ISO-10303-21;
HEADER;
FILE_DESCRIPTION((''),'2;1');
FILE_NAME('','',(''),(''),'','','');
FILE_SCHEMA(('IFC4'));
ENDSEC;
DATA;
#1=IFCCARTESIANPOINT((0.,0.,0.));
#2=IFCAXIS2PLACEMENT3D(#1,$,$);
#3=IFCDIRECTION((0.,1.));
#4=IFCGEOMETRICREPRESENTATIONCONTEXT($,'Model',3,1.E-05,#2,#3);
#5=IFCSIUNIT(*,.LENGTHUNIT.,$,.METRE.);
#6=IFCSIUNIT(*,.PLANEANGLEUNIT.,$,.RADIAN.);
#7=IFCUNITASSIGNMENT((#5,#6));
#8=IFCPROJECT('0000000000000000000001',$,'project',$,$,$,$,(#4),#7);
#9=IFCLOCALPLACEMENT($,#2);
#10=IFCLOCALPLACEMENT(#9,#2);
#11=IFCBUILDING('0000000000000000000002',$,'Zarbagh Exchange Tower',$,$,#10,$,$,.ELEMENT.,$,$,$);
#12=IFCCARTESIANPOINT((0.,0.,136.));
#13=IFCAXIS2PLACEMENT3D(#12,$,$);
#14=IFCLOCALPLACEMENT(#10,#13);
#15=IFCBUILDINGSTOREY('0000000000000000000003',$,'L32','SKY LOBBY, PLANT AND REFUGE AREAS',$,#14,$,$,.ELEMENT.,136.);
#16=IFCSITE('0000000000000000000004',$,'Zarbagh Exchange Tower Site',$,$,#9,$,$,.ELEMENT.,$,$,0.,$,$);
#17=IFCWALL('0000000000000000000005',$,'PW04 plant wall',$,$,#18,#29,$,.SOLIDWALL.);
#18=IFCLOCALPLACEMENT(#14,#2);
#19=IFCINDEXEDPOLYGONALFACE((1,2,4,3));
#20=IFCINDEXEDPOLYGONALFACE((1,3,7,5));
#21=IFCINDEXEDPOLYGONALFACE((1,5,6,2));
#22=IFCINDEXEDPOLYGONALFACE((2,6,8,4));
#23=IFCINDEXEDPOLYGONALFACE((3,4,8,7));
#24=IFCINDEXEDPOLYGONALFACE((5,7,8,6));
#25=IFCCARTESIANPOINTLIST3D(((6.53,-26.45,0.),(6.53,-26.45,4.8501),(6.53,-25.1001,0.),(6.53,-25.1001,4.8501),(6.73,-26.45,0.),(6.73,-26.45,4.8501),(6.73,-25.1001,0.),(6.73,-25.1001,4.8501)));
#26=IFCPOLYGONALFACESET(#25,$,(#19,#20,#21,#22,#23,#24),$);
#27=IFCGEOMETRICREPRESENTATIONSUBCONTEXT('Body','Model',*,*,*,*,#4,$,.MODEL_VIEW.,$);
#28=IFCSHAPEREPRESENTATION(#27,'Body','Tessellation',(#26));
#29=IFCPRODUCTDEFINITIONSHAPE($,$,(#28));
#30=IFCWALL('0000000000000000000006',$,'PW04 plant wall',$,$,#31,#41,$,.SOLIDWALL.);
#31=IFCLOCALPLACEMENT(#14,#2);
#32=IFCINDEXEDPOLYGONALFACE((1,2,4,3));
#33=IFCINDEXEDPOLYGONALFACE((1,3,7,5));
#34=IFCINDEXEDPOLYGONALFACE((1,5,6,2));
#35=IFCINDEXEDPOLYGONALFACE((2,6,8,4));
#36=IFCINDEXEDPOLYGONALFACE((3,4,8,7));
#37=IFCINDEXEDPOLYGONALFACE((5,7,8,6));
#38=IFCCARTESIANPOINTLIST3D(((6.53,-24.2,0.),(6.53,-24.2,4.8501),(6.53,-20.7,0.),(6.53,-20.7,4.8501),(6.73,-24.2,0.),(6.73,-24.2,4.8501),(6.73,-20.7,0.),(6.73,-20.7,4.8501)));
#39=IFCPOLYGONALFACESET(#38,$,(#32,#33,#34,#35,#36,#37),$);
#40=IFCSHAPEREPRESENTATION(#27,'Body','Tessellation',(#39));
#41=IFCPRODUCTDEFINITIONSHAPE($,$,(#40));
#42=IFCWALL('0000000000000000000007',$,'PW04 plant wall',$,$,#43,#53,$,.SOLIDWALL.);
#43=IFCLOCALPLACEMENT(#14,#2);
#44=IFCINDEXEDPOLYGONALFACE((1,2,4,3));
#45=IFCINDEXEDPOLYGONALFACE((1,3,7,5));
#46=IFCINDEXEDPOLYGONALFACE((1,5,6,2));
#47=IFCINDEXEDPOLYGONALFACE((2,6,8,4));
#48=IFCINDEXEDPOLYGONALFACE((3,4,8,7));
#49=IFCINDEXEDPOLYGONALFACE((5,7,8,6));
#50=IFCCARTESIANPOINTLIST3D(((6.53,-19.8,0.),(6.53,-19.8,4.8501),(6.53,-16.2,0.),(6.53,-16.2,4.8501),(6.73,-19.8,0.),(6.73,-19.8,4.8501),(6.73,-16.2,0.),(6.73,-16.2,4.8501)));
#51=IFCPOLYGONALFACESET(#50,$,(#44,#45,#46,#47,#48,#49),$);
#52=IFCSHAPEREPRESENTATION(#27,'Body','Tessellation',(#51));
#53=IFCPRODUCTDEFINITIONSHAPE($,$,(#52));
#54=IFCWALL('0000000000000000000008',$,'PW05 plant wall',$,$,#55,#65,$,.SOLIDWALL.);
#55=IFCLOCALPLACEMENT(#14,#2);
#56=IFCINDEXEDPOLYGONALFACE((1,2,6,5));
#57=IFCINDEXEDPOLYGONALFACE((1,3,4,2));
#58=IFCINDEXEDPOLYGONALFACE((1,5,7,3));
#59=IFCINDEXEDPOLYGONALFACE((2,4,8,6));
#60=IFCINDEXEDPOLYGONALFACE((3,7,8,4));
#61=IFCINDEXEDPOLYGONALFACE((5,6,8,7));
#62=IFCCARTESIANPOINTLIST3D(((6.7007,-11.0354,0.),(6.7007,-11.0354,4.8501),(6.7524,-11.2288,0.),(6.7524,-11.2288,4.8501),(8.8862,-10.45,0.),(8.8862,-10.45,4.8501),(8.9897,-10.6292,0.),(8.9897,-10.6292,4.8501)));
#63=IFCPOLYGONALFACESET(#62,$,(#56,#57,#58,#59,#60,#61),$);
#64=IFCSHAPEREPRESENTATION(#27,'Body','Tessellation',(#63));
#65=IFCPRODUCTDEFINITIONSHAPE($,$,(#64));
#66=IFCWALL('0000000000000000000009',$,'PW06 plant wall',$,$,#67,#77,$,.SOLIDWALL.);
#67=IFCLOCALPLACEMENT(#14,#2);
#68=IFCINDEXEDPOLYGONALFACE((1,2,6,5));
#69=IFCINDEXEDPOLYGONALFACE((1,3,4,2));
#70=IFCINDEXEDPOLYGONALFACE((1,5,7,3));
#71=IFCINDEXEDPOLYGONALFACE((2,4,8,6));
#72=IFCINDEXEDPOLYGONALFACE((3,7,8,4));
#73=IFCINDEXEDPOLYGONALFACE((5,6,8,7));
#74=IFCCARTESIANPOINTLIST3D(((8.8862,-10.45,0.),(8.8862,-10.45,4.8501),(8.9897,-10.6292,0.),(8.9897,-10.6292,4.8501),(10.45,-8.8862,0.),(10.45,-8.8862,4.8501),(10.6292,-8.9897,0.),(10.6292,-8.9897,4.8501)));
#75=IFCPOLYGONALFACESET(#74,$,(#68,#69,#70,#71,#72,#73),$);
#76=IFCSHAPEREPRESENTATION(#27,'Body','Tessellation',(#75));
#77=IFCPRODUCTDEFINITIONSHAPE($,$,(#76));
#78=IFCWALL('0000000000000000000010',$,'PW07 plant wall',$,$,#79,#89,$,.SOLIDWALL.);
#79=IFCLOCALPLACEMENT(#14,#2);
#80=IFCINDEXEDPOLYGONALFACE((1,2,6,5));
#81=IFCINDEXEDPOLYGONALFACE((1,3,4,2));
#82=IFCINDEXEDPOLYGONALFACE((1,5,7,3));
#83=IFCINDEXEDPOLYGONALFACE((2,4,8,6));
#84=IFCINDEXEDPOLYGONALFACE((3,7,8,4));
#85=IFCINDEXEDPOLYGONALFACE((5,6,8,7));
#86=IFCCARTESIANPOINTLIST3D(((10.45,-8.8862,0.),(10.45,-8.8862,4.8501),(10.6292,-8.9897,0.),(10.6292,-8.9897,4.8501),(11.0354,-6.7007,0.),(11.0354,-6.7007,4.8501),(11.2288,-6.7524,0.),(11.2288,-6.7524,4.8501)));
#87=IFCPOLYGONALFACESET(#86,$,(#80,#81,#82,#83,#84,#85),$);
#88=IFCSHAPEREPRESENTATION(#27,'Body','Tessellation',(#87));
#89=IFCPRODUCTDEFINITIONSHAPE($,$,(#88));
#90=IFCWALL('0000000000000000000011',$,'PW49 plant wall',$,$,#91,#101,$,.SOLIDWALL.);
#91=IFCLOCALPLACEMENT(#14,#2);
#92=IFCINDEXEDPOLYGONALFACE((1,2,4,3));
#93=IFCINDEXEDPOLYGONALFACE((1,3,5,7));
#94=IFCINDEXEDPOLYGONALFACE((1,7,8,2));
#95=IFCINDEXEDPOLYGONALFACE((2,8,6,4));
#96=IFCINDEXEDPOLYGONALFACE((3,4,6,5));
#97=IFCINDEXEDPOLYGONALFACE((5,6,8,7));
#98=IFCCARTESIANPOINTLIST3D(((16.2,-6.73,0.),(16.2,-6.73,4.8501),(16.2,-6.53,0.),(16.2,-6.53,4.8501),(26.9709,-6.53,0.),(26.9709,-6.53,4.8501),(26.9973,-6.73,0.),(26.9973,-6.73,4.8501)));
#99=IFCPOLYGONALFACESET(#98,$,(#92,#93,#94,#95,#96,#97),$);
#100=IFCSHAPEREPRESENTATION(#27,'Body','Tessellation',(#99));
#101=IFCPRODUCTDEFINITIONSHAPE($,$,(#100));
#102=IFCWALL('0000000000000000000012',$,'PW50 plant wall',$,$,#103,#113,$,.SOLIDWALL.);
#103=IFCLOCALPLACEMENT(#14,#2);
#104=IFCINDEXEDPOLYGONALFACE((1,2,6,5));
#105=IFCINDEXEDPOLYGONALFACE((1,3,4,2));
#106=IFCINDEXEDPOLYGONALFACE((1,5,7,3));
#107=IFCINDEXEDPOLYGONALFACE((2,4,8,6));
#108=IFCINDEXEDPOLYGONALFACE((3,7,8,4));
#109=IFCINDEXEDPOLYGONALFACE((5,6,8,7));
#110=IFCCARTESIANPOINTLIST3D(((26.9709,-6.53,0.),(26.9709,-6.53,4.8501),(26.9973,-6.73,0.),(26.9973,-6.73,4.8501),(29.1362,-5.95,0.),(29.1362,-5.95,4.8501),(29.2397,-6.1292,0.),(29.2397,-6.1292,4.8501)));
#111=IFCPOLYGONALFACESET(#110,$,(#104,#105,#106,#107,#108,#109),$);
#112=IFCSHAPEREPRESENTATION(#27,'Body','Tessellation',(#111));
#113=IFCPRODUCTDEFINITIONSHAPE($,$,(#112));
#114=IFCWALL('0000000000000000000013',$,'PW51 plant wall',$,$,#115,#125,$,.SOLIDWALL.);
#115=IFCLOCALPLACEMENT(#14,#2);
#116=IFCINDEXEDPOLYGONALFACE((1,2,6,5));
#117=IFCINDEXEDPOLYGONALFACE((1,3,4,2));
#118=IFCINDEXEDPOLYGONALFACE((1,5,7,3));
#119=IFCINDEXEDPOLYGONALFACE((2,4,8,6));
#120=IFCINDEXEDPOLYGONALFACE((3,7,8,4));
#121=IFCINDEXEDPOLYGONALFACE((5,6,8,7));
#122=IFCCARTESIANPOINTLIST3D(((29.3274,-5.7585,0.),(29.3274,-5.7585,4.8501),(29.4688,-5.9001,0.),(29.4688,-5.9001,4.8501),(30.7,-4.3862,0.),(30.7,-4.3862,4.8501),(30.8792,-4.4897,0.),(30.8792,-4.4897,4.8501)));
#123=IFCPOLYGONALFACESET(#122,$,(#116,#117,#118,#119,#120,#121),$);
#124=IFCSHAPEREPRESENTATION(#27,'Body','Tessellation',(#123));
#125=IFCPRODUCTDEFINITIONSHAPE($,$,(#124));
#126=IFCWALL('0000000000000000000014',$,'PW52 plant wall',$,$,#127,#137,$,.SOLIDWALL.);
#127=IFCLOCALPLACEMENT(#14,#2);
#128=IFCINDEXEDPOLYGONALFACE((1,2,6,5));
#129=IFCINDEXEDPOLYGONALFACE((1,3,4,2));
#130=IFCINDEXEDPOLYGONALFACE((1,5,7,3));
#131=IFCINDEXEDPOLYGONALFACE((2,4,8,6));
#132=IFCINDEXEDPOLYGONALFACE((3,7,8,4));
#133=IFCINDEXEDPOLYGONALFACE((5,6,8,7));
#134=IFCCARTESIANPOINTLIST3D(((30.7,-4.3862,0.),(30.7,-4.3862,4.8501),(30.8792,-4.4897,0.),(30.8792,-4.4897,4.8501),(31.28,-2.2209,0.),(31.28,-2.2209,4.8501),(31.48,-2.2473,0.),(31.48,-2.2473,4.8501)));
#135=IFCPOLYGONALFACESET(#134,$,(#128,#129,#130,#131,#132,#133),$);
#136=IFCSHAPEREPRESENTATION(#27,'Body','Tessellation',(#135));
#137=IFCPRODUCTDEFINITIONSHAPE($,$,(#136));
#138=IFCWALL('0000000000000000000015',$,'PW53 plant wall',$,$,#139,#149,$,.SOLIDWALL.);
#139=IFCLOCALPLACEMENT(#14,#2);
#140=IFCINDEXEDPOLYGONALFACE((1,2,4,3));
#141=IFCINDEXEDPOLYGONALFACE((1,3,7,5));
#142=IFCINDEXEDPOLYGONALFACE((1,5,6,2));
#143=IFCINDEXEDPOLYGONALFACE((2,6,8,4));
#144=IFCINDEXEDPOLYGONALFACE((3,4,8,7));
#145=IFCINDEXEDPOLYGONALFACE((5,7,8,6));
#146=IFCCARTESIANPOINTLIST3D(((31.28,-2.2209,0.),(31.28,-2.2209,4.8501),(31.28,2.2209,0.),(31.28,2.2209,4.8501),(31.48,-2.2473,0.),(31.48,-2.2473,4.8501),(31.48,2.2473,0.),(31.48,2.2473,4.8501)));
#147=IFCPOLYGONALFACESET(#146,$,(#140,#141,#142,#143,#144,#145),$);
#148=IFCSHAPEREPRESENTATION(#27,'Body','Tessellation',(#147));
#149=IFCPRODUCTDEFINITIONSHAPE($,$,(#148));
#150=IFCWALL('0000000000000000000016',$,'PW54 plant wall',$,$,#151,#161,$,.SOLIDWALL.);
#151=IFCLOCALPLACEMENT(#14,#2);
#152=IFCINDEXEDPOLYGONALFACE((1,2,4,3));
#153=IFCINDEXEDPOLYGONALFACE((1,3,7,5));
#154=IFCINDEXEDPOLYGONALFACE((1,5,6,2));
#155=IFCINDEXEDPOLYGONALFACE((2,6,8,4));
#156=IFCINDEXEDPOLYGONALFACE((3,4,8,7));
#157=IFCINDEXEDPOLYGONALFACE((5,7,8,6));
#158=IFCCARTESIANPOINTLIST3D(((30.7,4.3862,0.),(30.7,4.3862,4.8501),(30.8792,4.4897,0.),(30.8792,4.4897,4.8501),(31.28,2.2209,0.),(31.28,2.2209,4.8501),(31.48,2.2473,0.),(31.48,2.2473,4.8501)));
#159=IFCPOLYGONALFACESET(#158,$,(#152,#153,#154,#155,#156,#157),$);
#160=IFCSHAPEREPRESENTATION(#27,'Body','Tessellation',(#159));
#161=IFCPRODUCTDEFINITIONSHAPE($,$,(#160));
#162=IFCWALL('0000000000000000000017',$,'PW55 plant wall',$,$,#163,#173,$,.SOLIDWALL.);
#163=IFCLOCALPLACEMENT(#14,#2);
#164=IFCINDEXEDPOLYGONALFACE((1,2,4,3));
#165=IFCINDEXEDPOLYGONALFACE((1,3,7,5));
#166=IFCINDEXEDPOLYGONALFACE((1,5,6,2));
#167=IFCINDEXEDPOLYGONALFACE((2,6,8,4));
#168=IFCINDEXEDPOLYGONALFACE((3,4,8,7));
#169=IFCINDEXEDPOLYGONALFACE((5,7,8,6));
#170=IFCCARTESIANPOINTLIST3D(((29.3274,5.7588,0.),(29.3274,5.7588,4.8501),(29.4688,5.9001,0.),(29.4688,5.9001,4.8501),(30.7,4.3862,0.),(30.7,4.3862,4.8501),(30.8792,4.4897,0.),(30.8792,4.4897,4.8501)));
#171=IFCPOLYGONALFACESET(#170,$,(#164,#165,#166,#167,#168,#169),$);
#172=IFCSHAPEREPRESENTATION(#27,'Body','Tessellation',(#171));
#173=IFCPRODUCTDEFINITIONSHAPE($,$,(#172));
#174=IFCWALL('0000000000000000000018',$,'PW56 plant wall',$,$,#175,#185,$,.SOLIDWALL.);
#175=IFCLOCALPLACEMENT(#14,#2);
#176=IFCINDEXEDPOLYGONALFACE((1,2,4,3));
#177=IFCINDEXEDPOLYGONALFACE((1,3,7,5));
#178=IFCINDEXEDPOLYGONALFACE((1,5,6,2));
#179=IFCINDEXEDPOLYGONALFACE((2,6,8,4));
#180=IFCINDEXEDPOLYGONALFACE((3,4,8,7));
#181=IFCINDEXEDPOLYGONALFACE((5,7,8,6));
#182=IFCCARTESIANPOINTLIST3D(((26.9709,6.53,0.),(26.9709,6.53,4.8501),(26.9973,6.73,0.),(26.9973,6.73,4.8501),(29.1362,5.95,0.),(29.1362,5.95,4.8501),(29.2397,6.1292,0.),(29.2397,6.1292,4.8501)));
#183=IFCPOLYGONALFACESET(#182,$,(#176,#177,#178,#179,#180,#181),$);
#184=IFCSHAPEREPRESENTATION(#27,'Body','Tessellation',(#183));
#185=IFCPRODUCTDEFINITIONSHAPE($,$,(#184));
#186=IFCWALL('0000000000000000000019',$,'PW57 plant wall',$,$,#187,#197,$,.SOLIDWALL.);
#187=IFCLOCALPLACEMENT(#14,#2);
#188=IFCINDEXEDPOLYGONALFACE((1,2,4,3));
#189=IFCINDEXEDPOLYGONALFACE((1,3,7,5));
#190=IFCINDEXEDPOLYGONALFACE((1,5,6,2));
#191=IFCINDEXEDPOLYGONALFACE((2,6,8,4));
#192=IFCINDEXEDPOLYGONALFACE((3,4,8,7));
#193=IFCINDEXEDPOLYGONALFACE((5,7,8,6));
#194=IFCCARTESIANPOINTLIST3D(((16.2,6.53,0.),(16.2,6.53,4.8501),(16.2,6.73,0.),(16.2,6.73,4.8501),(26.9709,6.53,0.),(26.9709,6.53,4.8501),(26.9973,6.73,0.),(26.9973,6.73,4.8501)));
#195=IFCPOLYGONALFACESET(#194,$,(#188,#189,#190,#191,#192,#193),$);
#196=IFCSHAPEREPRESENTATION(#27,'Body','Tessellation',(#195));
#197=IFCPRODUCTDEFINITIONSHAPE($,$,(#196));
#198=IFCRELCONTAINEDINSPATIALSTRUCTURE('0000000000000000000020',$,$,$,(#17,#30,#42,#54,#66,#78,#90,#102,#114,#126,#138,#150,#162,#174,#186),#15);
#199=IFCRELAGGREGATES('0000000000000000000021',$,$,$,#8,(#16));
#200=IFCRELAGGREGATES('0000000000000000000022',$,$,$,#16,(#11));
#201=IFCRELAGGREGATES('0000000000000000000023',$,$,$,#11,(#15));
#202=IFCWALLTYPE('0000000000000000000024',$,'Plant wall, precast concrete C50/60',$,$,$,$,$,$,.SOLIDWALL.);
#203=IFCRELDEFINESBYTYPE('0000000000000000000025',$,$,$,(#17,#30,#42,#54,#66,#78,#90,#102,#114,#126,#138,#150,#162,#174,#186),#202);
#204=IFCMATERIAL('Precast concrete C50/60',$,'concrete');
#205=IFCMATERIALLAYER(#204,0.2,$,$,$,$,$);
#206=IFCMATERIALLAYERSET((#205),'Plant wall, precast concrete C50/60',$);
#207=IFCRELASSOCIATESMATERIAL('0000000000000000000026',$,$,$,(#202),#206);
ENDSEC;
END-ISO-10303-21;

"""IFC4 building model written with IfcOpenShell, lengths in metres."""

from ifc_helpers import new_model, si_unit, direction, frame, origin, place, context, subcontext, project, spatial, polyline, outline, extrude, material, layer, layer_set, type_object, element, save


model = new_model("IFC4")

# Units and contexts
model_context = context("Model", 3, precision=1e-05, world=origin(), true_north=direction((0.0, 1.0)))
body_context = subcontext(model_context, "Body", "Model", "MODEL_VIEW")
ifc_project = project(units=[si_unit("LENGTHUNIT", "METRE"), si_unit("PLANEANGLEUNIT", "RADIAN")], contexts=[model_context])

# Site, building, storey
site_placement = place(None, origin())
site = spatial("IfcSite", under=ifc_project, at=site_placement, Name="Zarbagh Exchange Tower Site", CompositionType="ELEMENT", RefElevation=0.0)
building_placement = place(site_placement, origin())
building = spatial("IfcBuilding", under=site, at=building_placement, Name="Zarbagh Exchange Tower", CompositionType="ELEMENT")
storey_placement = place(building_placement, frame((0.0, 0.0, 136.0)))
storey = spatial("IfcBuildingStorey", under=building, at=storey_placement, Name="L32", Description="SKY LOBBY, PLANT AND REFUGE AREAS", CompositionType="ELEMENT", Elevation=136.0)

# Walls
ifc_material_1 = material(Name="Precast concrete C50/60", Category="concrete")
ifc_layer_1 = layer(ifc_material_1, 0.2)
ifc_layer_set_1 = layer_set([ifc_layer_1], Name="Plant wall, precast concrete C50/60")
wall_type = type_object("IfcWallType", Name="Plant wall, precast concrete C50/60", PredefinedType="SOLIDWALL", material=ifc_layer_set_1)
wall_1_placement = place(storey_placement, origin())
element("IfcWall", 1, at=wall_1_placement, inside=storey, type_object=wall_type, Name="PW04 plant wall", PredefinedType="SOLIDWALL", context=body_context, shape_type="SweptSolid", body=[
    extrude(outline(polyline([(6.73, -26.45), (6.73, -25.1001), (6.53, -25.1001), (6.53, -26.45), (6.73, -26.45)])), origin(), (0.0, 0.0, 1.0), 4.8501),
])
wall_2_placement = place(storey_placement, origin())
element("IfcWall", 2, at=wall_2_placement, inside=storey, type_object=wall_type, Name="PW04 plant wall", PredefinedType="SOLIDWALL", context=body_context, shape_type="SweptSolid", body=[
    extrude(outline(polyline([(6.73, -24.2), (6.73, -20.7), (6.53, -20.7), (6.53, -24.2), (6.73, -24.2)])), origin(), (0.0, 0.0, 1.0), 4.8501),
])
wall_3_placement = place(storey_placement, origin())
element("IfcWall", 3, at=wall_3_placement, inside=storey, type_object=wall_type, Name="PW04 plant wall", PredefinedType="SOLIDWALL", context=body_context, shape_type="SweptSolid", body=[
    extrude(outline(polyline([(6.73, -19.8), (6.73, -16.2), (6.53, -16.2), (6.53, -19.8), (6.73, -19.8)])), origin(), (0.0, 0.0, 1.0), 4.8501),
])
wall_4_placement = place(storey_placement, origin())
element("IfcWall", 4, at=wall_4_placement, inside=storey, type_object=wall_type, Name="PW05 plant wall", PredefinedType="SOLIDWALL", context=body_context, shape_type="SweptSolid", body=[
    extrude(outline(polyline([(6.7524, -11.2288), (8.9897, -10.6292), (8.8862, -10.45), (6.7007, -11.0354), (6.7524, -11.2288)])), origin(), (0.0, 0.0, 1.0), 4.8501),
])
wall_5_placement = place(storey_placement, origin())
element("IfcWall", 5, at=wall_5_placement, inside=storey, type_object=wall_type, Name="PW06 plant wall", PredefinedType="SOLIDWALL", context=body_context, shape_type="SweptSolid", body=[
    extrude(outline(polyline([(8.9897, -10.6292), (10.6292, -8.9897), (10.45, -8.8862), (8.8862, -10.45), (8.9897, -10.6292)])), origin(), (0.0, 0.0, 1.0), 4.8501),
])
wall_6_placement = place(storey_placement, origin())
element("IfcWall", 6, at=wall_6_placement, inside=storey, type_object=wall_type, Name="PW07 plant wall", PredefinedType="SOLIDWALL", context=body_context, shape_type="SweptSolid", body=[
    extrude(outline(polyline([(10.6292, -8.9897), (11.2288, -6.7524), (11.0354, -6.7007), (10.45, -8.8862), (10.6292, -8.9897)])), origin(), (0.0, 0.0, 1.0), 4.8501),
])
wall_7_placement = place(storey_placement, origin())
element("IfcWall", 7, at=wall_7_placement, inside=storey, type_object=wall_type, Name="PW49 plant wall", PredefinedType="SOLIDWALL", context=body_context, shape_type="SweptSolid", body=[
    extrude(outline(polyline([(16.2, -6.73), (26.9973, -6.73), (26.9709, -6.53), (16.2, -6.53), (16.2, -6.73)])), origin(), (0.0, 0.0, 1.0), 4.8501),
])
wall_8_placement = place(storey_placement, origin())
element("IfcWall", 8, at=wall_8_placement, inside=storey, type_object=wall_type, Name="PW50 plant wall", PredefinedType="SOLIDWALL", context=body_context, shape_type="SweptSolid", body=[
    extrude(outline(polyline([(26.9973, -6.73), (29.2397, -6.1292), (29.1362, -5.95), (26.9709, -6.53), (26.9973, -6.73)])), origin(), (0.0, 0.0, 1.0), 4.8501),
])
wall_9_placement = place(storey_placement, origin())
element("IfcWall", 9, at=wall_9_placement, inside=storey, type_object=wall_type, Name="PW51 plant wall", PredefinedType="SOLIDWALL", context=body_context, shape_type="SweptSolid", body=[
    extrude(outline(polyline([(29.4688, -5.9001), (30.8792, -4.4897), (30.7, -4.3862), (29.3274, -5.7585), (29.4688, -5.9001)])), origin(), (0.0, 0.0, 1.0), 4.8501),
])
wall_10_placement = place(storey_placement, origin())
element("IfcWall", 10, at=wall_10_placement, inside=storey, type_object=wall_type, Name="PW52 plant wall", PredefinedType="SOLIDWALL", context=body_context, shape_type="SweptSolid", body=[
    extrude(outline(polyline([(30.8792, -4.4897), (31.48, -2.2473), (31.28, -2.2209), (30.7, -4.3862), (30.8792, -4.4897)])), origin(), (0.0, 0.0, 1.0), 4.8501),
])
wall_11_placement = place(storey_placement, origin())
element("IfcWall", 11, at=wall_11_placement, inside=storey, type_object=wall_type, Name="PW53 plant wall", PredefinedType="SOLIDWALL", context=body_context, shape_type="SweptSolid", body=[
    extrude(outline(polyline([(31.48, -2.2473), (31.48, 2.2473), (31.28, 2.2209), (31.28, -2.2209), (31.48, -2.2473)])), origin(), (0.0, 0.0, 1.0), 4.8501),
])
wall_12_placement = place(storey_placement, origin())
element("IfcWall", 12, at=wall_12_placement, inside=storey, type_object=wall_type, Name="PW54 plant wall", PredefinedType="SOLIDWALL", context=body_context, shape_type="SweptSolid", body=[
    extrude(outline(polyline([(31.48, 2.2473), (30.8792, 4.4897), (30.7, 4.3862), (31.28, 2.2209), (31.48, 2.2473)])), origin(), (0.0, 0.0, 1.0), 4.8501),
])
wall_13_placement = place(storey_placement, origin())
element("IfcWall", 13, at=wall_13_placement, inside=storey, type_object=wall_type, Name="PW55 plant wall", PredefinedType="SOLIDWALL", context=body_context, shape_type="SweptSolid", body=[
    extrude(outline(polyline([(30.8792, 4.4897), (29.4688, 5.9001), (29.3274, 5.7588), (30.7, 4.3862), (30.8792, 4.4897)])), origin(), (0.0, 0.0, 1.0), 4.8501),
])
wall_14_placement = place(storey_placement, origin())
element("IfcWall", 14, at=wall_14_placement, inside=storey, type_object=wall_type, Name="PW56 plant wall", PredefinedType="SOLIDWALL", context=body_context, shape_type="SweptSolid", body=[
    extrude(outline(polyline([(29.2397, 6.1292), (26.9973, 6.73), (26.9709, 6.53), (29.1362, 5.95), (29.2397, 6.1292)])), origin(), (0.0, 0.0, 1.0), 4.8501),
])
wall_15_placement = place(storey_placement, origin())
element("IfcWall", 15, at=wall_15_placement, inside=storey, type_object=wall_type, Name="PW57 plant wall", PredefinedType="SOLIDWALL", context=body_context, shape_type="SweptSolid", body=[
    extrude(outline(polyline([(26.9973, 6.73), (16.2, 6.73), (16.2, 6.53), (26.9709, 6.53), (26.9973, 6.73)])), origin(), (0.0, 0.0, 1.0), 4.8501),
])

save(model, "model.ifc")
